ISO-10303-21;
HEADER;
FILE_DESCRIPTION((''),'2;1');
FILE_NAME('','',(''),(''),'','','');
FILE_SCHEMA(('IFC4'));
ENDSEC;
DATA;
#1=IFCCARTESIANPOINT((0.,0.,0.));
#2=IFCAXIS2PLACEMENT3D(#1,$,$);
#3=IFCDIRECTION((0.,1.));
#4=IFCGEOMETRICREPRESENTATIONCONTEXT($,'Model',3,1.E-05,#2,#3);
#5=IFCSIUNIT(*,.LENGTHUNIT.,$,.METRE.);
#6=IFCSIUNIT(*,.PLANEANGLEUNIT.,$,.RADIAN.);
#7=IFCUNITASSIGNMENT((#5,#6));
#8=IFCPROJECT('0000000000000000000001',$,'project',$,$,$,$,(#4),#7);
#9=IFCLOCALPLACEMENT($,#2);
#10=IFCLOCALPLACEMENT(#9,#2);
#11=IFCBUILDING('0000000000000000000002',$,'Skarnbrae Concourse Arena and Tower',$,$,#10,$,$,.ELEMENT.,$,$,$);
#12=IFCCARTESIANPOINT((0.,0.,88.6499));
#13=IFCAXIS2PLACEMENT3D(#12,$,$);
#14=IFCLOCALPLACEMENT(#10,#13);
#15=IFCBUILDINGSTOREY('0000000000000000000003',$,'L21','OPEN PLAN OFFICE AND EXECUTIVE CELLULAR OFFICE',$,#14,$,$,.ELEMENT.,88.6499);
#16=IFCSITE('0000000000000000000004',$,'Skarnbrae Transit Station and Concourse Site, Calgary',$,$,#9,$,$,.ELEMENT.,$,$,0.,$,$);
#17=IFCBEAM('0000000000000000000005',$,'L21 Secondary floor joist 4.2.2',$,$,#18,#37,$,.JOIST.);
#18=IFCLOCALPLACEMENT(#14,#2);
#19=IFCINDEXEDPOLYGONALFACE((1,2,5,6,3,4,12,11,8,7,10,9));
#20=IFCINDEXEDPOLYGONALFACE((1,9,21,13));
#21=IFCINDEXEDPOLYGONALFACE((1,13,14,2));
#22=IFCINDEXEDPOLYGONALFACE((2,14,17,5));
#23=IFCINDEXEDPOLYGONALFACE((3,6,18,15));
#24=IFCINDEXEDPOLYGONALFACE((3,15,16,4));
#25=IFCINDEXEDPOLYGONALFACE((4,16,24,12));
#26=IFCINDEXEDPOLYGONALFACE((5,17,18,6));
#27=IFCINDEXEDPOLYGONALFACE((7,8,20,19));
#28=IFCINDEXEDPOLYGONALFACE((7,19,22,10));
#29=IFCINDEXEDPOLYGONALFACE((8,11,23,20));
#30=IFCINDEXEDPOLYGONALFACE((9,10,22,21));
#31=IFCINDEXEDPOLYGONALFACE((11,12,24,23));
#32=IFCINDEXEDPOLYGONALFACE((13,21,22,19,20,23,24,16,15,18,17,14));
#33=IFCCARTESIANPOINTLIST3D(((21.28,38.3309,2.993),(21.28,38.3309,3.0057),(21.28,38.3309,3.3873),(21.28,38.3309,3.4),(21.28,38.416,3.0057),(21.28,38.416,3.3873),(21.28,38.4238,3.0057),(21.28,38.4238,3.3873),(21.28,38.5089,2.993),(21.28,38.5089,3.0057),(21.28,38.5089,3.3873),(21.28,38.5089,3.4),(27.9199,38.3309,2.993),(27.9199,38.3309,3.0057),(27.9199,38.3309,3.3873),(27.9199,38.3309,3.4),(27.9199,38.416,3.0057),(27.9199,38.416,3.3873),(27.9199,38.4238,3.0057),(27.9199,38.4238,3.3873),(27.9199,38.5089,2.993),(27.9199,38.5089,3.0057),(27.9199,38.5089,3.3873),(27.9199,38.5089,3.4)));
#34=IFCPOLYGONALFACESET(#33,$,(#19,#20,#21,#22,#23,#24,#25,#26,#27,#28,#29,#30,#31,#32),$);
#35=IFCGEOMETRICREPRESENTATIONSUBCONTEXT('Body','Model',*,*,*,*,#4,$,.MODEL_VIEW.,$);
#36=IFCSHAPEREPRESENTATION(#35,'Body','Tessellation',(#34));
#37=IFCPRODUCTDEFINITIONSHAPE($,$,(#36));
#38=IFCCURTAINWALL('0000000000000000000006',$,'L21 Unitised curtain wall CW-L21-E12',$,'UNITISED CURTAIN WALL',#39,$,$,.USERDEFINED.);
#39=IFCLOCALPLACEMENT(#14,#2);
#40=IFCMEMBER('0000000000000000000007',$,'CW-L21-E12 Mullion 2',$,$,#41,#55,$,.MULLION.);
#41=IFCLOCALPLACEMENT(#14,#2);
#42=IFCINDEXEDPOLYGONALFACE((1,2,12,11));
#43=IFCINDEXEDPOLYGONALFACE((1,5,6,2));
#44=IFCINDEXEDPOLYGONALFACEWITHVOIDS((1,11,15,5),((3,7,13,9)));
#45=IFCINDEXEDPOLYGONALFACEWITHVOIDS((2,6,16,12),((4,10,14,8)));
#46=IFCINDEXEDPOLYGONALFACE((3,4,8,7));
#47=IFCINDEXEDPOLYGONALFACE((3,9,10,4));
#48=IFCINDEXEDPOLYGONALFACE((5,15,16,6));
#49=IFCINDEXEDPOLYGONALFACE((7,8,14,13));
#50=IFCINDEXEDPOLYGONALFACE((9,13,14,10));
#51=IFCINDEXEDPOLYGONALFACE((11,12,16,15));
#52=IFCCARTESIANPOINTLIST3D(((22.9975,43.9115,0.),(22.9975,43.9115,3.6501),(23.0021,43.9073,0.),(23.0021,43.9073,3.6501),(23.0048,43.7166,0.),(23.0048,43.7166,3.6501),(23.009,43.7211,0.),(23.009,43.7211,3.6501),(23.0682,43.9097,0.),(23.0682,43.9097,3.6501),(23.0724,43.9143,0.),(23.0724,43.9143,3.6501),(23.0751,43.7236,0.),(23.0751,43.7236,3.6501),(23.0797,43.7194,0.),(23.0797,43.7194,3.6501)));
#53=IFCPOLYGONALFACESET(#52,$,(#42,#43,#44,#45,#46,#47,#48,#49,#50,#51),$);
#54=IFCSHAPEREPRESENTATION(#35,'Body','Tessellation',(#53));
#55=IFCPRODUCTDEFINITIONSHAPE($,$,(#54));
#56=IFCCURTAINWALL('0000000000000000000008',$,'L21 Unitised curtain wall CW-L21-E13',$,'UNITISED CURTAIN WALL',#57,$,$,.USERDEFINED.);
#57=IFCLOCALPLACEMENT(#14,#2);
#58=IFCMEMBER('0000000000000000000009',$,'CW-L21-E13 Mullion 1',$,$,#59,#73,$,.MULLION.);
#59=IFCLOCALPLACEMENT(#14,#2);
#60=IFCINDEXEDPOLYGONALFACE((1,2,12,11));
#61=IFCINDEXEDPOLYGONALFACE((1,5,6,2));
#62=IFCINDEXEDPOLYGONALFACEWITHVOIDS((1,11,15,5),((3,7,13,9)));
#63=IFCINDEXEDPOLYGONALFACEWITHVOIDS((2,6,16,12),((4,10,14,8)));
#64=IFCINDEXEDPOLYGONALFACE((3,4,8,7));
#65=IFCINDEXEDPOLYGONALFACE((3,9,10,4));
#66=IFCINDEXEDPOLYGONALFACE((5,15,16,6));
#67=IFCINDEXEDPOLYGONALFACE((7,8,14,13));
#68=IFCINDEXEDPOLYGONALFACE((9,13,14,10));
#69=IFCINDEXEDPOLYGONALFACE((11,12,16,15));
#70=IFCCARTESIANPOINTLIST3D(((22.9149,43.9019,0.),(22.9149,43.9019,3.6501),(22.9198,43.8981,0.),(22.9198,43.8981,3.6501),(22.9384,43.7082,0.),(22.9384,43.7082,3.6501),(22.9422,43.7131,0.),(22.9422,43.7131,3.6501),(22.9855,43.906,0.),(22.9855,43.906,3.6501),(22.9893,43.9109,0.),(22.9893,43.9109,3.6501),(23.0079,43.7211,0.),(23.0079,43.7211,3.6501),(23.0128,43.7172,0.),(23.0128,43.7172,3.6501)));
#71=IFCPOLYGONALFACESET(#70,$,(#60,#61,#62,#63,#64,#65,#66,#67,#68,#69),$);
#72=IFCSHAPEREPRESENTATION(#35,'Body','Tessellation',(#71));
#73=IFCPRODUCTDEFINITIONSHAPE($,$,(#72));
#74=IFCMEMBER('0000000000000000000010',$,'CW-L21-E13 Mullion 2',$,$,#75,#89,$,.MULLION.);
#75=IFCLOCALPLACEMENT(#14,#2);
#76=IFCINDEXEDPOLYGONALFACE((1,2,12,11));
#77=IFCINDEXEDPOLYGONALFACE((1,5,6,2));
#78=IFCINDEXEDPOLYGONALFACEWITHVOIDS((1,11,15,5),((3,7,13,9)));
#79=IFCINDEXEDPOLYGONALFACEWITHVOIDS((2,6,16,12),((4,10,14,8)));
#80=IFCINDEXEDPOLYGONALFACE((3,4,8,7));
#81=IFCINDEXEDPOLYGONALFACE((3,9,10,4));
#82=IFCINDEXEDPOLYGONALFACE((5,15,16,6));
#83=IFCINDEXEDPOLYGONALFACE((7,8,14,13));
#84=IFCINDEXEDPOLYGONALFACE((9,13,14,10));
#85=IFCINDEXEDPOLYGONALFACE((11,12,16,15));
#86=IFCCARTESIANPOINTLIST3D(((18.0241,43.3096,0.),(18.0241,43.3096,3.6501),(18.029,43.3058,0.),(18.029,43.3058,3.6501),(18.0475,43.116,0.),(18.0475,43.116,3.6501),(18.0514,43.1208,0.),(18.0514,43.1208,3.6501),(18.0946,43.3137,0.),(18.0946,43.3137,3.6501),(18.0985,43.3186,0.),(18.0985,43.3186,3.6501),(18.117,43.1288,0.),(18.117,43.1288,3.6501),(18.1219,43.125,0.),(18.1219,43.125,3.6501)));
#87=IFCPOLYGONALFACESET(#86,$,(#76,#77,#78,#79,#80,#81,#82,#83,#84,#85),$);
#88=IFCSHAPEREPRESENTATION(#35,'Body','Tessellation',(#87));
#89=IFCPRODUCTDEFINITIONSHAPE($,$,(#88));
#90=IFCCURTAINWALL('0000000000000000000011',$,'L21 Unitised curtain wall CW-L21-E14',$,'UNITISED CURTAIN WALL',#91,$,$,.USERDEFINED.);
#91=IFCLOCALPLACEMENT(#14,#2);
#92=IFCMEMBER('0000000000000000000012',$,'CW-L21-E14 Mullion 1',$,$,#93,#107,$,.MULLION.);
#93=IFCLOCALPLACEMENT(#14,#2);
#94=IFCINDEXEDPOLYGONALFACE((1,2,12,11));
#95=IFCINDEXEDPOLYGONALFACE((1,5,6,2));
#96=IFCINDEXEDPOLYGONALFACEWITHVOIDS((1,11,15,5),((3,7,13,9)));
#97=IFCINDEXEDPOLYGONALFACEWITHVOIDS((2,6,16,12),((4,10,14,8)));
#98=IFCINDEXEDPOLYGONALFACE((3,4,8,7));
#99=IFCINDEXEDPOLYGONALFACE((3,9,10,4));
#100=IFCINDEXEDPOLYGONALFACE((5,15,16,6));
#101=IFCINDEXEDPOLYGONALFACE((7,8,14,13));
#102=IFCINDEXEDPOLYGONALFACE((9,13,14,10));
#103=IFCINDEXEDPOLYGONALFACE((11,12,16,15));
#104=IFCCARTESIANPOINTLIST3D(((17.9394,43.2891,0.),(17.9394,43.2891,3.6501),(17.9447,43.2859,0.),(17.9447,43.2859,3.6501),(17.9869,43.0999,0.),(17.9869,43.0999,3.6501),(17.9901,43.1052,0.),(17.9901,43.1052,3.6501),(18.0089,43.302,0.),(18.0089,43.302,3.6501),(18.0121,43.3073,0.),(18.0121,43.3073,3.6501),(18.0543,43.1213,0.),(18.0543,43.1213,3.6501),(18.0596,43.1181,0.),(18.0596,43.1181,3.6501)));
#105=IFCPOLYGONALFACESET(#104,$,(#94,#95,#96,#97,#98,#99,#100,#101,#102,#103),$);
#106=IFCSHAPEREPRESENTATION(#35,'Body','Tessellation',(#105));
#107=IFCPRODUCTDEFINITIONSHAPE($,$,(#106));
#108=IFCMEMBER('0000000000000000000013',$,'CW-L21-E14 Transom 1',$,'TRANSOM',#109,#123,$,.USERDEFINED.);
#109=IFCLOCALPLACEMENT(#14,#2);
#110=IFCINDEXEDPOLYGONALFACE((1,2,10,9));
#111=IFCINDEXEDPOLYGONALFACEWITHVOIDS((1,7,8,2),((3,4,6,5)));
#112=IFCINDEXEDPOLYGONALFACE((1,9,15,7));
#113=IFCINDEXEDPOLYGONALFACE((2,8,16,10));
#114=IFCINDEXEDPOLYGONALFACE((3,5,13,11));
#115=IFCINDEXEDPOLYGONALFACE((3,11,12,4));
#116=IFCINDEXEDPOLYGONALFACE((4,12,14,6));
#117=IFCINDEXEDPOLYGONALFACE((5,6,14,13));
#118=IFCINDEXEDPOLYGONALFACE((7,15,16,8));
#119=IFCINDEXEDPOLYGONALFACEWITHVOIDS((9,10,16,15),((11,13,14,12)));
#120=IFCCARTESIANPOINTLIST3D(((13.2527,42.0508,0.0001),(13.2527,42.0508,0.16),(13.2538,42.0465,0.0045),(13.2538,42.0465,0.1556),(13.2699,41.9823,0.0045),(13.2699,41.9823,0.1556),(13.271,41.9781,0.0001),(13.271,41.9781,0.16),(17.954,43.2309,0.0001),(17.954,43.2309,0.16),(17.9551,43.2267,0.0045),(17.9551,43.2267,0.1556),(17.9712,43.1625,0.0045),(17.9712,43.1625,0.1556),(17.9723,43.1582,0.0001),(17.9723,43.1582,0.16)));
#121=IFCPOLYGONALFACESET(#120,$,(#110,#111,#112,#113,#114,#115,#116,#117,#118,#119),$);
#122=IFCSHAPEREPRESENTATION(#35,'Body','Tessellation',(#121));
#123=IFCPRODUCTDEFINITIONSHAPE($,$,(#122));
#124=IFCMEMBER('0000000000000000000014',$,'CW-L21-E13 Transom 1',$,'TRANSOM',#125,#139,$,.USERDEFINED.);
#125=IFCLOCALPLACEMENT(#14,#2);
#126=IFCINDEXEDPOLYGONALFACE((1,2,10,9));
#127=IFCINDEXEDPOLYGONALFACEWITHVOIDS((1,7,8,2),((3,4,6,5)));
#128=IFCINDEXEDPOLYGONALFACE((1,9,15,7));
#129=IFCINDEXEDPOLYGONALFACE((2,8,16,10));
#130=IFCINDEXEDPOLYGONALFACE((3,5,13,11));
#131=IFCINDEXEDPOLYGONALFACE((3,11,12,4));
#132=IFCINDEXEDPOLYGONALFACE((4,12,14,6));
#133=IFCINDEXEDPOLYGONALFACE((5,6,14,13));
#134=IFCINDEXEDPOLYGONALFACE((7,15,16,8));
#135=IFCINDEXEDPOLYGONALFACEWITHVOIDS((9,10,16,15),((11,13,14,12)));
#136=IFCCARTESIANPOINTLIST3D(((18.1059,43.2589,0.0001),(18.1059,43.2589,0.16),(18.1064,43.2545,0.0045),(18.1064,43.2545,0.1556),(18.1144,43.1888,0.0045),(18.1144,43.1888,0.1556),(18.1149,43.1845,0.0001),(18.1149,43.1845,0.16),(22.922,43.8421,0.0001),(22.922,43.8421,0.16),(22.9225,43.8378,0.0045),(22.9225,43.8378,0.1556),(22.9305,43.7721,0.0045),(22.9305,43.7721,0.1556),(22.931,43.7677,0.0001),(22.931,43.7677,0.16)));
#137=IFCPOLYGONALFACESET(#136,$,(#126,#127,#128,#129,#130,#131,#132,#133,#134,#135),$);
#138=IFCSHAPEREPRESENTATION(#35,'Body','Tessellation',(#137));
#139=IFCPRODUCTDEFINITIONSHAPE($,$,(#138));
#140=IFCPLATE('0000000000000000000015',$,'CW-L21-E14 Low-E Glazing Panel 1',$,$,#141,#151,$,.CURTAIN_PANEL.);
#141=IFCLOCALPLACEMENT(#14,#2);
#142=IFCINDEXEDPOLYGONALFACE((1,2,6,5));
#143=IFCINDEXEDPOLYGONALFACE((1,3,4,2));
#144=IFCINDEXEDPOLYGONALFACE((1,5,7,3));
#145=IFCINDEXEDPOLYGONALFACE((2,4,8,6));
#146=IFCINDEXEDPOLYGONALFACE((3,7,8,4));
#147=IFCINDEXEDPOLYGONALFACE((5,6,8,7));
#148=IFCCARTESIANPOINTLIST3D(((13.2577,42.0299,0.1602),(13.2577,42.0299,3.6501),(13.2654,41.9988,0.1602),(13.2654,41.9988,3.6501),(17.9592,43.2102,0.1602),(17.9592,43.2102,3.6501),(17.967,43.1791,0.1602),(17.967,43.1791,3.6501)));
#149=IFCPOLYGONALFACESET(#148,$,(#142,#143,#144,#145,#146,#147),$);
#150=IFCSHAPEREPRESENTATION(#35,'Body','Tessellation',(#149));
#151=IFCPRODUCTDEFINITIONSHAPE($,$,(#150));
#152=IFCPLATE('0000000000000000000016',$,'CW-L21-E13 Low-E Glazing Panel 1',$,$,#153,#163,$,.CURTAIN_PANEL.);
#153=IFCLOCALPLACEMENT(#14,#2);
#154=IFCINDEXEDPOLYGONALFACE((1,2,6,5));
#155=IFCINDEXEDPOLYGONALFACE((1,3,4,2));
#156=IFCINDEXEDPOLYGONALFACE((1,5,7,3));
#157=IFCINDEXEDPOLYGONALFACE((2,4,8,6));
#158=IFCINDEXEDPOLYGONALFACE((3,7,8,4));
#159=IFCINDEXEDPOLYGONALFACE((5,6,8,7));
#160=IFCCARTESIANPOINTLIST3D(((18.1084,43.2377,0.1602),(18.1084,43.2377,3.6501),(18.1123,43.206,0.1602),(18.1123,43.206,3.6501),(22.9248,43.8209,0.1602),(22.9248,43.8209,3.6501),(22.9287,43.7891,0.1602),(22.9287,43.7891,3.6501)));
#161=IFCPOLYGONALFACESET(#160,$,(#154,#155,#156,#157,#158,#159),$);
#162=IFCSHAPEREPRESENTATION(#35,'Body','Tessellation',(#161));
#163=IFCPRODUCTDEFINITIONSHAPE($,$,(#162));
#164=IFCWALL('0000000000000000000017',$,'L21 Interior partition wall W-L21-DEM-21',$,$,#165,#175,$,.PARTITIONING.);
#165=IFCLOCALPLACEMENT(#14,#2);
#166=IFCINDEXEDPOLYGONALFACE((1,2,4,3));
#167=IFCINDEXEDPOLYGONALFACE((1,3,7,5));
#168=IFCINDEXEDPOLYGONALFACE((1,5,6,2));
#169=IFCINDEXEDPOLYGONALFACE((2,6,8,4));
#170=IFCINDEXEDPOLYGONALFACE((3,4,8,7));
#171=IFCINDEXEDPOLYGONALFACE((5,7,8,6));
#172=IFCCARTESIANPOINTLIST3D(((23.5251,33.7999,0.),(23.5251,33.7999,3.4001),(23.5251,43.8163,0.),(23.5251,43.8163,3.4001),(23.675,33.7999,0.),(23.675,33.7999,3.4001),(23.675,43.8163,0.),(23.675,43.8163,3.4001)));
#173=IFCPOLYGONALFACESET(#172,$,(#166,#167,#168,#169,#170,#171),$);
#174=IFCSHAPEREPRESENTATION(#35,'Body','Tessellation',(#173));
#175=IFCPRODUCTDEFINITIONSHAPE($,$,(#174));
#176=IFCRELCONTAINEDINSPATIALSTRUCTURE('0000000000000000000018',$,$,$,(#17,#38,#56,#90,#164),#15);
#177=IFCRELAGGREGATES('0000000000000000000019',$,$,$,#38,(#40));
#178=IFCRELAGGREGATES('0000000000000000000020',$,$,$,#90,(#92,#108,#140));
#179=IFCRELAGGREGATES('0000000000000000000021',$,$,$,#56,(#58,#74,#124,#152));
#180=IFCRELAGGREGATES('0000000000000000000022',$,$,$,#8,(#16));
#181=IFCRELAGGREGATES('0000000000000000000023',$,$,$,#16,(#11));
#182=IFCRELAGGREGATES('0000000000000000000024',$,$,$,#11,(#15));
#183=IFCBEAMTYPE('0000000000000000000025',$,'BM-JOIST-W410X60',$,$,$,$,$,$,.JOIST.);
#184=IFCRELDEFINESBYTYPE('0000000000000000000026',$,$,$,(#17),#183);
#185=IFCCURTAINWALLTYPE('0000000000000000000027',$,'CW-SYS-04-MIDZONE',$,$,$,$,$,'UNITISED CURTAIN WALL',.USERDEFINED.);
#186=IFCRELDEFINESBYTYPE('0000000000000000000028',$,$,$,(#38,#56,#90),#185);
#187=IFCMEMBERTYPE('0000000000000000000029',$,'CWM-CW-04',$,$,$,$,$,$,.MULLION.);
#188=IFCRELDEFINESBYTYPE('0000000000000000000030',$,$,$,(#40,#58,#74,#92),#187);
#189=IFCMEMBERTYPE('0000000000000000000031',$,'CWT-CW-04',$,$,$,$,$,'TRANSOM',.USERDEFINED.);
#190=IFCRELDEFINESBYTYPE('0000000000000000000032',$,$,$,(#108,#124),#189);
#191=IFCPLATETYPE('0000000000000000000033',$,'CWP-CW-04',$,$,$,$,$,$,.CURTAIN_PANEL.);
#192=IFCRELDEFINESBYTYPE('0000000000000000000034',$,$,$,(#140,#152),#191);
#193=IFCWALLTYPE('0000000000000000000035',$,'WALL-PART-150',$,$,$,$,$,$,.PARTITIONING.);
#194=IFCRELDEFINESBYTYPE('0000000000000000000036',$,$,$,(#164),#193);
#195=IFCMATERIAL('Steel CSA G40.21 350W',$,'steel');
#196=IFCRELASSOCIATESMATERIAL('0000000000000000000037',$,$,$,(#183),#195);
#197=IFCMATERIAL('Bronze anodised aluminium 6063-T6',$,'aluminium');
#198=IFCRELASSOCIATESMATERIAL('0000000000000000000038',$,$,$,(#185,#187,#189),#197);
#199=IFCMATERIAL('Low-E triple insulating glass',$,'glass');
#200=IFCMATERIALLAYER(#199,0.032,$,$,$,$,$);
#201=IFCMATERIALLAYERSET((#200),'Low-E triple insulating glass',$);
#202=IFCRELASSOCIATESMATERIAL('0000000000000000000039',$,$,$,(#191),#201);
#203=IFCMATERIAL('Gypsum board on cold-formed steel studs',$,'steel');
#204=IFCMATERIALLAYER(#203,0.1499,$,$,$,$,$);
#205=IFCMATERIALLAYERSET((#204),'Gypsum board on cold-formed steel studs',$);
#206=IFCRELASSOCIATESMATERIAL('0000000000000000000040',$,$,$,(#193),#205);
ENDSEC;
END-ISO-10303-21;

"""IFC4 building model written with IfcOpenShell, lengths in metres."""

from ifc_helpers import new_model, si_unit, direction, frame, frame_2d, origin, origin_2d, place, context, subcontext, project, spatial, rectangle, hollow_rectangle, i_section, extrude, source, transform, mapped, material, layer, layer_set, material_profile, profile_set, type_object, element, aggregate, save


model = new_model("IFC4")

# Units and contexts
model_context = context("Model", 3, precision=1e-05, world=origin(), true_north=direction((0.0, 1.0)))
body_context = subcontext(model_context, "Body", "Model", "MODEL_VIEW")
ifc_project = project(units=[si_unit("LENGTHUNIT", "METRE"), si_unit("PLANEANGLEUNIT", "RADIAN")], contexts=[model_context])

# Site, building, storey
site_placement = place(None, origin())
site = spatial("IfcSite", under=ifc_project, at=site_placement, Name="Skarnbrae Transit Station and Concourse Site, Calgary", CompositionType="ELEMENT", RefElevation=0.0)
building_placement = place(site_placement, origin())
building = spatial("IfcBuilding", under=site, at=building_placement, Name="Skarnbrae Concourse Arena and Tower", CompositionType="ELEMENT")
storey_placement = place(building_placement, frame((0.0, 0.0, 88.6499)))
storey = spatial("IfcBuildingStorey", under=building, at=storey_placement, Name="L21", Description="OPEN PLAN OFFICE AND EXECUTIVE CELLULAR OFFICE", CompositionType="ELEMENT", Elevation=88.6499)

# Shared definitions
ifc_material_1 = material(Name="Steel CSA G40.21 350W", Category="steel")

# Beam
ifc_material_profile_1 = material_profile(ifc_material_1, i_section(OverallWidth=0.178, OverallDepth=0.407, WebThickness=0.0078, FlangeThickness=0.0127, at=origin_2d()), Name="W410X60")
ifc_profile_set_1 = profile_set([ifc_material_profile_1], Name="Steel CSA G40.21 350W")
beam_type_1 = type_object("IfcBeamType", Name="BM-JOIST-W410X60", PredefinedType="JOIST", material=ifc_profile_set_1)
shared_shape_1 = source(origin(), body_context, "Body", "SweptSolid", [
    extrude(i_section(OverallWidth=0.178, OverallDepth=0.407, WebThickness=0.0078, FlangeThickness=0.0127, at=origin_2d()), origin(), (0.0, 0.0, 1.0), 6.6399),
])
for number, where, z_axis, x_axis, name in (
    (1, (21.28, 38.4199, 3.1965), (1.0, 0.0, 0.0), (0.0, 1.0, 0.0), "L21 Secondary floor joist 4.2.2"),
):
    element("IfcBeam", number, at=place(storey_placement, frame(where, z_axis=z_axis, x_axis=x_axis)), inside=storey, type_object=beam_type_1, Name=name, PredefinedType="JOIST", context=body_context, shape_type="MappedRepresentation", body=[
        mapped(shared_shape_1, transform((0.0, 0.0, 0.0))),
    ])

# Curtain wall, member
ifc_material_2 = material(Name="Bronze anodised aluminium 6063-T6", Category="aluminium")
curtain_wall_type = type_object("IfcCurtainWallType", Name="CW-SYS-04-MIDZONE", ElementType="UNITISED CURTAIN WALL", PredefinedType="USERDEFINED", material=ifc_material_2)
curtain_wall_1_placement = place(storey_placement, origin())
curtain_wall_1 = element("IfcCurtainWall", 2, at=curtain_wall_1_placement, inside=storey, type_object=curtain_wall_type, Name="L21 Unitised curtain wall CW-L21-E12", ObjectType="UNITISED CURTAIN WALL", PredefinedType="USERDEFINED")
ifc_material_profile_2 = material_profile(ifc_material_2, hollow_rectangle(XDim=0.075, YDim=0.1951, WallThickness=0.0044, at=origin_2d()), Name="ALU-MULL-75X195")
ifc_profile_set_2 = profile_set([ifc_material_profile_2], Name="Bronze anodised aluminium 6063-T6")
member_type_1 = type_object("IfcMemberType", Name="CWM-CW-04", PredefinedType="MULLION", material=ifc_profile_set_2)
shared_shape_2 = source(origin(), body_context, "Body", "SweptSolid", [
    extrude(hollow_rectangle(XDim=0.075, YDim=0.1951, WallThickness=0.0044, at=origin_2d()), origin(), (0.0, 0.0, 1.0), 3.6501),
])
member_1_placement = place(storey_placement, frame((23.0386, 43.8154, 0.0), z_axis=(0.0, 0.0, 1.0), x_axis=(-0.999308, -0.037183, 0.0)))
member_1 = element("IfcMember", 3, at=member_1_placement, type_object=member_type_1, Name="CW-L21-E12 Mullion 2", PredefinedType="MULLION", context=body_context, shape_type="MappedRepresentation", body=[
    mapped(shared_shape_2, transform((0.0, 0.0, 0.0))),
])
aggregate(curtain_wall_1, [member_1])

# Curtain walls, members
curtain_wall_2_placement = place(storey_placement, origin())
curtain_wall_2 = element("IfcCurtainWall", 4, at=curtain_wall_2_placement, inside=storey, type_object=curtain_wall_type, Name="L21 Unitised curtain wall CW-L21-E13", ObjectType="UNITISED CURTAIN WALL", PredefinedType="USERDEFINED")
member_2_placement = place(storey_placement, frame((22.9639, 43.8096, 0.0), z_axis=(0.0, 0.0, 1.0), x_axis=(-0.992749, -0.120203, 0.0)))
member_2 = element("IfcMember", 5, at=member_2_placement, type_object=member_type_1, Name="CW-L21-E13 Mullion 1", PredefinedType="MULLION", context=body_context, shape_type="MappedRepresentation", body=[
    mapped(shared_shape_2, transform((0.0, 0.0, 0.0))),
])
member_3_placement = place(storey_placement, frame((18.073, 43.2173, 0.0), z_axis=(0.0, 0.0, 1.0), x_axis=(-0.992749, -0.120203, 0.0)))
member_3 = element("IfcMember", 6, at=member_3_placement, type_object=member_type_1, Name="CW-L21-E13 Mullion 2", PredefinedType="MULLION", context=body_context, shape_type="MappedRepresentation", body=[
    mapped(shared_shape_2, transform((0.0, 0.0, 0.0))),
])
curtain_wall_3_placement = place(storey_placement, origin())
curtain_wall_3 = element("IfcCurtainWall", 7, at=curtain_wall_3_placement, inside=storey, type_object=curtain_wall_type, Name="L21 Unitised curtain wall CW-L21-E14", ObjectType="UNITISED CURTAIN WALL", PredefinedType="USERDEFINED")
member_4_placement = place(storey_placement, frame((17.9995, 43.2036, 0.0), z_axis=(0.0, 0.0, 1.0), x_axis=(-0.969903, -0.243491, 0.0)))
member_4 = element("IfcMember", 8, at=member_4_placement, type_object=member_type_1, Name="CW-L21-E14 Mullion 1", PredefinedType="MULLION", context=body_context, shape_type="MappedRepresentation", body=[
    mapped(shared_shape_2, transform((0.0, 0.0, 0.0))),
])
ifc_material_profile_3 = material_profile(ifc_material_2, hollow_rectangle(XDim=0.075, YDim=0.1599, WallThickness=0.0044, at=origin_2d()), Name="ALU-TRAN-75X160")
ifc_profile_set_3 = profile_set([ifc_material_profile_3], Name="Bronze anodised aluminium 6063-T6")
member_type_2 = type_object("IfcMemberType", Name="CWT-CW-04", ElementType="TRANSOM", PredefinedType="USERDEFINED", material=ifc_profile_set_3)
shared_shape_3 = source(origin(), body_context, "Body", "SweptSolid", [
    extrude(hollow_rectangle(XDim=0.075, YDim=0.1599, WallThickness=0.0044, at=origin_2d()), origin(), (0.0, 0.0, 1.0), 4.8472),
])
member_5_placement = place(storey_placement, frame((17.9631, 43.1946, 0.0801), z_axis=(-0.969908, -0.243472, 0.0), x_axis=(0.243472, -0.969908, 0.0)))
member_5 = element("IfcMember", 9, at=member_5_placement, type_object=member_type_2, Name="CW-L21-E14 Transom 1", ObjectType="TRANSOM", PredefinedType="USERDEFINED", context=body_context, shape_type="MappedRepresentation", body=[
    mapped(shared_shape_3, transform((0.0, 0.0, 0.0))),
])

# Member
shared_shape_4 = source(origin(), body_context, "Body", "SweptSolid", [
    extrude(hollow_rectangle(XDim=0.075, YDim=0.1599, WallThickness=0.0044, at=origin_2d()), origin(), (0.0, 0.0, 1.0), 4.8513),
])
member_6_placement = place(storey_placement, frame((22.9265, 43.8049, 0.0801), z_axis=(-0.992747, -0.120225, 0.0), x_axis=(0.120225, -0.992747, 0.0)))
member_6 = element("IfcMember", 10, at=member_6_placement, type_object=member_type_2, Name="CW-L21-E13 Transom 1", ObjectType="TRANSOM", PredefinedType="USERDEFINED", context=body_context, shape_type="MappedRepresentation", body=[
    mapped(shared_shape_4, transform((0.0, 0.0, 0.0))),
])

# Plates
ifc_material_3 = material(Name="Low-E triple insulating glass", Category="glass")
ifc_layer_1 = layer(ifc_material_3, 0.032)
ifc_layer_set_1 = layer_set([ifc_layer_1], Name="Low-E triple insulating glass")
plate_type = type_object("IfcPlateType", Name="CWP-CW-04", PredefinedType="CURTAIN_PANEL", material=ifc_layer_set_1)
shared_shape_5 = source(origin(), body_context, "Body", "SweptSolid", [
    extrude(rectangle(XDim=4.8474, YDim=0.032, at=origin_2d()), origin(), (0.0, 0.0, 1.0), 3.49),
])
plate_1_placement = place(storey_placement, frame((15.6123, 42.6045, 0.1602), z_axis=(0.0, 0.0, 1.0), x_axis=(-0.969903, -0.243491, 0.0)))
plate_1 = element("IfcPlate", 11, at=plate_1_placement, type_object=plate_type, Name="CW-L21-E14 Low-E Glazing Panel 1", PredefinedType="CURTAIN_PANEL", context=body_context, shape_type="MappedRepresentation", body=[
    mapped(shared_shape_5, transform((0.0, 0.0, 0.0))),
])
aggregate(curtain_wall_3, [member_4, member_5, plate_1])
shared_shape_6 = source(origin(), body_context, "Body", "SweptSolid", [
    extrude(rectangle(XDim=4.8516, YDim=0.032, at=origin_2d()), origin(), (0.0, 0.0, 1.0), 3.49),
])
plate_2_placement = place(storey_placement, frame((20.5186, 43.5134, 0.1602), z_axis=(0.0, 0.0, 1.0), x_axis=(-0.992749, -0.120203, 0.0)))
plate_2 = element("IfcPlate", 12, at=plate_2_placement, type_object=plate_type, Name="CW-L21-E13 Low-E Glazing Panel 1", PredefinedType="CURTAIN_PANEL", context=body_context, shape_type="MappedRepresentation", body=[
    mapped(shared_shape_6, transform((0.0, 0.0, 0.0))),
])
aggregate(curtain_wall_2, [member_2, member_3, member_6, plate_2])

# Wall
ifc_material_4 = material(Name="Gypsum board on cold-formed steel studs", Category="steel")
ifc_layer_2 = layer(ifc_material_4, 0.1499)
ifc_layer_set_2 = layer_set([ifc_layer_2], Name="Gypsum board on cold-formed steel studs")
wall_type = type_object("IfcWallType", Name="WALL-PART-150", PredefinedType="PARTITIONING", material=ifc_layer_set_2)
shared_shape_7 = source(origin(), body_context, "Body", "SweptSolid", [
    extrude(rectangle(XDim=10.0164, YDim=0.1499, at=frame_2d((5.0083, 0.0))), origin(), (0.0, 0.0, 1.0), 3.4001),
])
wall_placement = place(storey_placement, frame((23.6001, 43.8164, 0.0), z_axis=(0.0, 0.0, 1.0), x_axis=(0.0, -1.0, 0.0)))
element("IfcWall", 13, at=wall_placement, inside=storey, type_object=wall_type, Name="L21 Interior partition wall W-L21-DEM-21", PredefinedType="PARTITIONING", context=body_context, shape_type="MappedRepresentation", body=[
    mapped(shared_shape_7, transform((0.0, 0.0, 0.0))),
])

save(model, "model.ifc")
